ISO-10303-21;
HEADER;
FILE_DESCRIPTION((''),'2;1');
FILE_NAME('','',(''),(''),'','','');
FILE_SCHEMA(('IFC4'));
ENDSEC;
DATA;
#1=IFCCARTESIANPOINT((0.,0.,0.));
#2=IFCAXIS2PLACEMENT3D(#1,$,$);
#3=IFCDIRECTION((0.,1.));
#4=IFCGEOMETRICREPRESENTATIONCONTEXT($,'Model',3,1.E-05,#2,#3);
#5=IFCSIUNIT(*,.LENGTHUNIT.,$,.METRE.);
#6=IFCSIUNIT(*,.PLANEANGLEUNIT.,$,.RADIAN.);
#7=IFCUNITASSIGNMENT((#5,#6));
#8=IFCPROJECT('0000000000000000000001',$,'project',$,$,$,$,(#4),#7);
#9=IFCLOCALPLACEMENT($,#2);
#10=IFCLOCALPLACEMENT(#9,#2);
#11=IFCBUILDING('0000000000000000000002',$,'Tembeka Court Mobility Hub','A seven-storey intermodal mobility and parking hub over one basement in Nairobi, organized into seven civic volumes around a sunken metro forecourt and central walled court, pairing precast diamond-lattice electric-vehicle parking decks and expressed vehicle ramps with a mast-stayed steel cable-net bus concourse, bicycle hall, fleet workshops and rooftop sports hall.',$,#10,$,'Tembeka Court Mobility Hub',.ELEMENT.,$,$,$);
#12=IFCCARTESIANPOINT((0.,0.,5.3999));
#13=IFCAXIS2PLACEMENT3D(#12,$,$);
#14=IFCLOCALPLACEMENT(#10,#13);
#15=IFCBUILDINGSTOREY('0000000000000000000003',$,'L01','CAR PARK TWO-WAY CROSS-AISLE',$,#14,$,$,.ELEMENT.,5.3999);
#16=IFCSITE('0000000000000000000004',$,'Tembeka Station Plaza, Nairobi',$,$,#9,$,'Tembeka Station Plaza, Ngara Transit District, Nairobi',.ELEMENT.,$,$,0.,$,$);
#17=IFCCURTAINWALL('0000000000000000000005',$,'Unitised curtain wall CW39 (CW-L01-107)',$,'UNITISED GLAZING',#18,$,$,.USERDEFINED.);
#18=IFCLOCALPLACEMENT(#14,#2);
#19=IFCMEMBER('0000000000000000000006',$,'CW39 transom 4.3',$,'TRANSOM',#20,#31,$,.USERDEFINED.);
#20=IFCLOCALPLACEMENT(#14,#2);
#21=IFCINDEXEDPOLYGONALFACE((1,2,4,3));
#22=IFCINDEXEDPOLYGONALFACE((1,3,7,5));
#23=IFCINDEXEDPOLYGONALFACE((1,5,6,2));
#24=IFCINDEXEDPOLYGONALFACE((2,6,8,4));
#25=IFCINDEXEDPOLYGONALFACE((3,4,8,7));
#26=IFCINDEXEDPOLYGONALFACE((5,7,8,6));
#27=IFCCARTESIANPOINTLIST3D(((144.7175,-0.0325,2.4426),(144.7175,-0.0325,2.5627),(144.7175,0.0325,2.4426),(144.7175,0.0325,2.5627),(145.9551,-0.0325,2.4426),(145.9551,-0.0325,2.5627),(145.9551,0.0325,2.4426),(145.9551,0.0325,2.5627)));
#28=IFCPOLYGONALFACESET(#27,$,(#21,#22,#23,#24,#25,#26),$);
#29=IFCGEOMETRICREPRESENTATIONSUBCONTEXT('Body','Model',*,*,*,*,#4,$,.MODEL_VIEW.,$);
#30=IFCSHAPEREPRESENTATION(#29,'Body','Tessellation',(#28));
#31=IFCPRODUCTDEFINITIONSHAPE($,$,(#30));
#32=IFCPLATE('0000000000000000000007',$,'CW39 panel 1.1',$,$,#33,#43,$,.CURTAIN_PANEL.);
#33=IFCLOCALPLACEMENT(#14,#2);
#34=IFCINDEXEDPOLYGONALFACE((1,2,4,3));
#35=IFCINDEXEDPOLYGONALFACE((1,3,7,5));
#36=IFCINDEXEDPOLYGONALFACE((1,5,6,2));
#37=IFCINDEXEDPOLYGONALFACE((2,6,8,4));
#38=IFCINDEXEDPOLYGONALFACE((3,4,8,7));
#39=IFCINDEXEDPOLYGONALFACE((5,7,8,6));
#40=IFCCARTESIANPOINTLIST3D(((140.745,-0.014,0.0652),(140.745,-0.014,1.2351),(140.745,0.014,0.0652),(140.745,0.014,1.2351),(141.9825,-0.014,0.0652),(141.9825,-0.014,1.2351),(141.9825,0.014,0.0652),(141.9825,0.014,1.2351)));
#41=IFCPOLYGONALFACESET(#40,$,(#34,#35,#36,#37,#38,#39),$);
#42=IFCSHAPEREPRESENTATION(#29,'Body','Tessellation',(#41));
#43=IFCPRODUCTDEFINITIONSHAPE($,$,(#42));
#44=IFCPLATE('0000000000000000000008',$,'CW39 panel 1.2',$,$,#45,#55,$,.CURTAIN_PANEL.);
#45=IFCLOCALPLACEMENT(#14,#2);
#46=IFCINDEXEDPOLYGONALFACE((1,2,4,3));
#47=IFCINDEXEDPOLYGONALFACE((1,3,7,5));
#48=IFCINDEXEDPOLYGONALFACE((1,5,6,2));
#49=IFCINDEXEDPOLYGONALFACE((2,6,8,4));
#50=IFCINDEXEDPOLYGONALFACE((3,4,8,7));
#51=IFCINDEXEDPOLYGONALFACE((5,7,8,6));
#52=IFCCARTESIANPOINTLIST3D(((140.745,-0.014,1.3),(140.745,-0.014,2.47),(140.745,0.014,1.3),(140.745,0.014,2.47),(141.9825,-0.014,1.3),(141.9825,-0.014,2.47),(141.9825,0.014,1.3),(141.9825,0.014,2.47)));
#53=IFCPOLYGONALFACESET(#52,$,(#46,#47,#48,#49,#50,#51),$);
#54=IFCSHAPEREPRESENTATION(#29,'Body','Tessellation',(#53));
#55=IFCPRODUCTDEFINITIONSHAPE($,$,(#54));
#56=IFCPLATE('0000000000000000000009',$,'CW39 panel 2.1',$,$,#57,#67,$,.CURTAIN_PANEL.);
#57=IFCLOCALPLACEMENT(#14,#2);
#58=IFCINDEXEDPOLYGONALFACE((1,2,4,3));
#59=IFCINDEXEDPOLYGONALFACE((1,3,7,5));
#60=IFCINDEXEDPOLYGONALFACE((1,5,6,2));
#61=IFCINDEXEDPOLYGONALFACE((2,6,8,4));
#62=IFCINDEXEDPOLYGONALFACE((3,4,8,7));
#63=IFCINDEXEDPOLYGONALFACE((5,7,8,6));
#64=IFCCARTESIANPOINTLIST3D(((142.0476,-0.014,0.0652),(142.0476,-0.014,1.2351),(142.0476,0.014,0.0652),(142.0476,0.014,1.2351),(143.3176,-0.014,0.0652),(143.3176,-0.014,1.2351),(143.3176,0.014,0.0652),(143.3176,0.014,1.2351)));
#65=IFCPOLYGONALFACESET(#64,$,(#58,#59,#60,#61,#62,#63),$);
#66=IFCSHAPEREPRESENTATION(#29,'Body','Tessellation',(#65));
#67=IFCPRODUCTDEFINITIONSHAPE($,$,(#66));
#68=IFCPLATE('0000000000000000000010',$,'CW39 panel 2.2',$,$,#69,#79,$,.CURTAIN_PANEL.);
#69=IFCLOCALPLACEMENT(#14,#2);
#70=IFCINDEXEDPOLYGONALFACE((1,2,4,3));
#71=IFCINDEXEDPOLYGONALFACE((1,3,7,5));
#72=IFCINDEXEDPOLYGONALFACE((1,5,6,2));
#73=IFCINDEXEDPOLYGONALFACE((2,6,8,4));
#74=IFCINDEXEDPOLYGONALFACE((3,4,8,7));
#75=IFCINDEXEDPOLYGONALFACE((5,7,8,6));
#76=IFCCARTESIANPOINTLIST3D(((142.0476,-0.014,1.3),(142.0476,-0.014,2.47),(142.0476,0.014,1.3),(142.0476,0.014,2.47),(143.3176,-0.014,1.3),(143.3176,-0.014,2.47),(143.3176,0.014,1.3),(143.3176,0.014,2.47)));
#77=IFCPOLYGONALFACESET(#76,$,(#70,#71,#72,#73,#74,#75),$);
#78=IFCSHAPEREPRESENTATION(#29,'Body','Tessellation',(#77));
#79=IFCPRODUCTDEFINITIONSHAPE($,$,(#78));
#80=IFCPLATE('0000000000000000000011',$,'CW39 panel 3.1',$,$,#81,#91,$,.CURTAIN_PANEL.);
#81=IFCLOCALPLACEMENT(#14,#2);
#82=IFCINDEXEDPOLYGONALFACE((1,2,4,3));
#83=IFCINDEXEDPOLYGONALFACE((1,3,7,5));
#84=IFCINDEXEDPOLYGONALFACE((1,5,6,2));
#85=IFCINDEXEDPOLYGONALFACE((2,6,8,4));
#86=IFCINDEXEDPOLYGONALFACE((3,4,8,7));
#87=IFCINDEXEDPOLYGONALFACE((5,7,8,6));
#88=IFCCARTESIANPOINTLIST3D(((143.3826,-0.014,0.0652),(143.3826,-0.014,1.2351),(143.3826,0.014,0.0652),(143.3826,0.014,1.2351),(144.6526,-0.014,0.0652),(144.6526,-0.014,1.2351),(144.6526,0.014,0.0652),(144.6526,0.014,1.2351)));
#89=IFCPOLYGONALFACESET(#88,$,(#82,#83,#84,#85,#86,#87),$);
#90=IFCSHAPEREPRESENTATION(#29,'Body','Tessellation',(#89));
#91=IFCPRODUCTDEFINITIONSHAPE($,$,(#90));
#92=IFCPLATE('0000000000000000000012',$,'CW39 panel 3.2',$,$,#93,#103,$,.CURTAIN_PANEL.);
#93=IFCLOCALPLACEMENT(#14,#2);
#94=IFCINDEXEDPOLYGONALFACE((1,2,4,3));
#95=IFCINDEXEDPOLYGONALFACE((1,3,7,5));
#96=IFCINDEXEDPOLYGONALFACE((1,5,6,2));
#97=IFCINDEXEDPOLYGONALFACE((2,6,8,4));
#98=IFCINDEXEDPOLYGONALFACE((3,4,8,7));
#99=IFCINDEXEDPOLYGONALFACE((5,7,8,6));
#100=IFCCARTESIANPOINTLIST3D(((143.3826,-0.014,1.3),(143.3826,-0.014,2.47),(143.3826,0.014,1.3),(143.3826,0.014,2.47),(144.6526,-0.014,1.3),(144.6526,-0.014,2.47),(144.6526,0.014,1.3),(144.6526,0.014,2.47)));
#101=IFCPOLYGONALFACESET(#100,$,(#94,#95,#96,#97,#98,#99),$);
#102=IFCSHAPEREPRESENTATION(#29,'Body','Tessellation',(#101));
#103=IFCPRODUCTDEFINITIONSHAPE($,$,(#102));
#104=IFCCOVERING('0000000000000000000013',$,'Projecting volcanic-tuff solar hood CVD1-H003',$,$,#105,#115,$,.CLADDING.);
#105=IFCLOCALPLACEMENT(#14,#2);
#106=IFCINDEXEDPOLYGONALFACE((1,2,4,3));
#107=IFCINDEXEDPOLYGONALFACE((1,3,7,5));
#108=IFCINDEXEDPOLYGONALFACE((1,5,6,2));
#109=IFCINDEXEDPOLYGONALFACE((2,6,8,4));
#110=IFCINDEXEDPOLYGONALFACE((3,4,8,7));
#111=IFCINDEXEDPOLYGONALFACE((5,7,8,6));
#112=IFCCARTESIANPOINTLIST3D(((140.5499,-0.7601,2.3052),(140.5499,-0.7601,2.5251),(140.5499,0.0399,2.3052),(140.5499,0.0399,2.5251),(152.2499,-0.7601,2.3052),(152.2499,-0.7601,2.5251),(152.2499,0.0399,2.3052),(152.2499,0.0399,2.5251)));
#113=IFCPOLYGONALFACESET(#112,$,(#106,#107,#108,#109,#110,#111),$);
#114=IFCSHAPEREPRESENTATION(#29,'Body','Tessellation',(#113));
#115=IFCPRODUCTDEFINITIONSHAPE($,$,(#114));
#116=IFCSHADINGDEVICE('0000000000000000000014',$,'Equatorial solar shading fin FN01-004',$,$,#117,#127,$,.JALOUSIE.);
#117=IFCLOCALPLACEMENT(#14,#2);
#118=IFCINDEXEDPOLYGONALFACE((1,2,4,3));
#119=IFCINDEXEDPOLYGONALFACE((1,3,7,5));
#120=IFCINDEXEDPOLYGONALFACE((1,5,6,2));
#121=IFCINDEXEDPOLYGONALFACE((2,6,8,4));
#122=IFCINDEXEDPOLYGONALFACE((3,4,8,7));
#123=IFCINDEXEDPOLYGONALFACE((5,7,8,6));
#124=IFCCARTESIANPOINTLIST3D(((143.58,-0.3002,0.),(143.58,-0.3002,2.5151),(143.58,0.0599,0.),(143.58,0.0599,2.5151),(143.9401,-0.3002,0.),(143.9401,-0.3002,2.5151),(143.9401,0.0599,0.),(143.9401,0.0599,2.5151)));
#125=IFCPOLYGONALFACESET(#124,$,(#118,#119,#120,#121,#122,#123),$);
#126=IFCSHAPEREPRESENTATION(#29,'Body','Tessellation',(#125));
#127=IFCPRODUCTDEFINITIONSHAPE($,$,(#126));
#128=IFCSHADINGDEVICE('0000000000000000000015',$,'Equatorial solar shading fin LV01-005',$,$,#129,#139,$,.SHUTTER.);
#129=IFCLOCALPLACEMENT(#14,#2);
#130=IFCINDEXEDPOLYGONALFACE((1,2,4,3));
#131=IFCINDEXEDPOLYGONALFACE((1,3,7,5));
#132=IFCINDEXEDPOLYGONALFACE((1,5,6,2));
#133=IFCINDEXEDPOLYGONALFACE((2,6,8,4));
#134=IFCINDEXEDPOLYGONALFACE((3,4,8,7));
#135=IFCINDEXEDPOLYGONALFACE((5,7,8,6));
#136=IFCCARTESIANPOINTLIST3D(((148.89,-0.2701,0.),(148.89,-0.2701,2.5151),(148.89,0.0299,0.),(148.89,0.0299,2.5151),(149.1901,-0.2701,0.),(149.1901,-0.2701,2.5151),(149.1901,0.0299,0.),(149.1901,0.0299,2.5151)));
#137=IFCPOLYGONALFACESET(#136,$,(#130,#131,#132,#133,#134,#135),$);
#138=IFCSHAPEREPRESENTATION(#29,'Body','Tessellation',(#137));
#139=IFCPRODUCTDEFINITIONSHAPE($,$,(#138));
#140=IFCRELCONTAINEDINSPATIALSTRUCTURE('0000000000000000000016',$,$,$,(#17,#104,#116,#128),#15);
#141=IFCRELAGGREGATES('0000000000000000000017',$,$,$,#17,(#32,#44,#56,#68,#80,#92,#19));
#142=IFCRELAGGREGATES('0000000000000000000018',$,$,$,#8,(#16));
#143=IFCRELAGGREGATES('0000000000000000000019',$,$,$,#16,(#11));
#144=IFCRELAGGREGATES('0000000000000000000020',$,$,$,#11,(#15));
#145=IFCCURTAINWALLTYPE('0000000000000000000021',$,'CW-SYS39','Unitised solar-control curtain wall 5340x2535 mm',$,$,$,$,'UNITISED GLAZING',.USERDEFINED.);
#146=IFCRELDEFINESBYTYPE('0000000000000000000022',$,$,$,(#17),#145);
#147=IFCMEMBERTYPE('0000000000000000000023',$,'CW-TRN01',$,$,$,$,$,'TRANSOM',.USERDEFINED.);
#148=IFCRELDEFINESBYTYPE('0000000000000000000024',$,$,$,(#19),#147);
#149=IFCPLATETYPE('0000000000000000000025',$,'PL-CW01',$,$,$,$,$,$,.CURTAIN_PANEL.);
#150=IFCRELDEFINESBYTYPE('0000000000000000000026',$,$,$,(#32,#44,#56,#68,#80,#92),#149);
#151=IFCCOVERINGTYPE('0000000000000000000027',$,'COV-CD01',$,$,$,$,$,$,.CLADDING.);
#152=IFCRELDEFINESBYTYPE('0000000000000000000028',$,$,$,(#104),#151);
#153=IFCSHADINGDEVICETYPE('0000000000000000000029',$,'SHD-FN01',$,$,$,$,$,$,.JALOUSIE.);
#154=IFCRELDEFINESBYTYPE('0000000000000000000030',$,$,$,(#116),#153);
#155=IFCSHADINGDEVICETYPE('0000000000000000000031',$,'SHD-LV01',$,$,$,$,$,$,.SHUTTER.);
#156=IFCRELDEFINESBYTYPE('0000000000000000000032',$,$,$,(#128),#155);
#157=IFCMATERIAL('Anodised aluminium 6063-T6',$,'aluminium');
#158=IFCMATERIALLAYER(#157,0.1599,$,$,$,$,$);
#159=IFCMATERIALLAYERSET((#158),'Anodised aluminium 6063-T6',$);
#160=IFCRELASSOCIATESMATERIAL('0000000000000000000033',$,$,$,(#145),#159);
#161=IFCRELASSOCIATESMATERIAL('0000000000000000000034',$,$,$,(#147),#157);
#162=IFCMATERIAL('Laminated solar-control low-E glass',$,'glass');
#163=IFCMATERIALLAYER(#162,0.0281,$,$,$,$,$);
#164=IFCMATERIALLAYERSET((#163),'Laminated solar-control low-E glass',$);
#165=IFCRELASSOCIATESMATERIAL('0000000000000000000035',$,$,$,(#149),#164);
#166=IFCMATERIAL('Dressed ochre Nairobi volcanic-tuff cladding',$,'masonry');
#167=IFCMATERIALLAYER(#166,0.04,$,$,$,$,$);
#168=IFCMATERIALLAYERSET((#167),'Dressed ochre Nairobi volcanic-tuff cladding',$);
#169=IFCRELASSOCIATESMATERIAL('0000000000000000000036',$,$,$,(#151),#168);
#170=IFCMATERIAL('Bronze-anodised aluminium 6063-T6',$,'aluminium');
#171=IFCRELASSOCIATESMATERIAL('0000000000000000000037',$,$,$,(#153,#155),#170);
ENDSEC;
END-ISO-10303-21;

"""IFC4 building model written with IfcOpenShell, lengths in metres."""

from ifc_helpers import new_model, si_unit, direction, frame, origin, origin_2d, place, context, subcontext, project, spatial, rectangle, extrude, material, layer, layer_set, material_profile, profile_set, type_object, element, aggregate, save


model = new_model("IFC4")

# Units and contexts
model_context = context("Model", 3, precision=1e-05, world=origin(), true_north=direction((0.0, 1.0)))
body_context = subcontext(model_context, "Body", "Model", "MODEL_VIEW")
ifc_project = project(units=[si_unit("LENGTHUNIT", "METRE"), si_unit("PLANEANGLEUNIT", "RADIAN")], contexts=[model_context])

# Site, building, storey
site_placement = place(None, origin())
site = spatial("IfcSite", under=ifc_project, at=site_placement, Name="Tembeka Station Plaza, Nairobi", LongName="Tembeka Station Plaza, Ngara Transit District, Nairobi", CompositionType="ELEMENT", RefElevation=0.0)
building_placement = place(site_placement, origin())
building = spatial("IfcBuilding", under=site, at=building_placement, Name="Tembeka Court Mobility Hub", Description="A seven-storey intermodal mobility and parking hub over one basement in Nairobi, organized into seven civic volumes around a sunken metro forecourt and central walled court, pairing precast diamond-lattice electric-vehicle parking decks and expressed vehicle ramps with a mast-stayed steel cable-net bus concourse, bicycle hall, fleet workshops and rooftop sports hall.", LongName="Tembeka Court Mobility Hub", CompositionType="ELEMENT")
storey_placement = place(building_placement, frame((0.0, 0.0, 5.3999)))
storey = spatial("IfcBuildingStorey", under=building, at=storey_placement, Name="L01", Description="CAR PARK TWO-WAY CROSS-AISLE", CompositionType="ELEMENT", Elevation=5.3999)

# Curtain wall, member, plates
ifc_material_1 = material(Name="Anodised aluminium 6063-T6", Category="aluminium")
ifc_layer_1 = layer(ifc_material_1, 0.1599)
ifc_layer_set_1 = layer_set([ifc_layer_1], Name="Anodised aluminium 6063-T6")
curtain_wall_type = type_object("IfcCurtainWallType", Name="CW-SYS39", Description="Unitised solar-control curtain wall 5340x2535 mm", ElementType="UNITISED GLAZING", PredefinedType="USERDEFINED", material=ifc_layer_set_1)
curtain_wall_placement = place(storey_placement, origin())
curtain_wall = element("IfcCurtainWall", 1, at=curtain_wall_placement, inside=storey, type_object=curtain_wall_type, Name="Unitised curtain wall CW39 (CW-L01-107)", ObjectType="UNITISED GLAZING", PredefinedType="USERDEFINED")
ifc_material_profile_1 = material_profile(ifc_material_1, rectangle(XDim=0.0649, YDim=0.1201, at=origin_2d()), Name="ALU-TRN 65x120")
ifc_profile_set_1 = profile_set([ifc_material_profile_1], Name="Anodised aluminium 6063-T6")
member_type_1 = type_object("IfcMemberType", Name="CW-TRN01", ElementType="TRANSOM", PredefinedType="USERDEFINED", material=ifc_profile_set_1)
member_1_placement = place(storey_placement, frame((144.7175, 0.0, 2.5027), z_axis=(1.0, 0.0, 0.0), x_axis=(0.0, 1.0, 0.0)))
member_1 = element("IfcMember", 2, at=member_1_placement, type_object=member_type_1, Name="CW39 transom 4.3", ObjectType="TRANSOM", PredefinedType="USERDEFINED", context=body_context, shape_type="SweptSolid", body=[
    extrude(rectangle(XDim=0.0649, YDim=0.1201, at=origin_2d()), origin(), (0.0, 0.0, 1.0), 1.2375),
])
ifc_material_2 = material(Name="Laminated solar-control low-E glass", Category="glass")
ifc_layer_2 = layer(ifc_material_2, 0.0281)
ifc_layer_set_2 = layer_set([ifc_layer_2], Name="Laminated solar-control low-E glass")
plate_type = type_object("IfcPlateType", Name="PL-CW01", PredefinedType="CURTAIN_PANEL", material=ifc_layer_set_2)
plate_1_placement = place(storey_placement, frame((141.3638, 0.0, 0.0652), z_axis=(0.0, 0.0, 1.0), x_axis=(1.0, 0.0, 0.0)))
plate_1 = element("IfcPlate", 3, at=plate_1_placement, type_object=plate_type, Name="CW39 panel 1.1", PredefinedType="CURTAIN_PANEL", context=body_context, shape_type="SweptSolid", body=[
    extrude(rectangle(XDim=1.2375, YDim=0.0281, at=origin_2d()), origin(), (0.0, 0.0, 1.0), 1.1699),
])
plate_2_placement = place(storey_placement, frame((141.3638, 0.0, 1.3), z_axis=(0.0, 0.0, 1.0), x_axis=(1.0, 0.0, 0.0)))
plate_2 = element("IfcPlate", 4, at=plate_2_placement, type_object=plate_type, Name="CW39 panel 1.2", PredefinedType="CURTAIN_PANEL", context=body_context, shape_type="SweptSolid", body=[
    extrude(rectangle(XDim=1.2375, YDim=0.0281, at=origin_2d()), origin(), (0.0, 0.0, 1.0), 1.1699),
])
plate_3_placement = place(storey_placement, frame((142.6826, 0.0, 0.0652), z_axis=(0.0, 0.0, 1.0), x_axis=(1.0, 0.0, 0.0)))
plate_3 = element("IfcPlate", 5, at=plate_3_placement, type_object=plate_type, Name="CW39 panel 2.1", PredefinedType="CURTAIN_PANEL", context=body_context, shape_type="SweptSolid", body=[
    extrude(rectangle(XDim=1.27, YDim=0.0281, at=origin_2d()), origin(), (0.0, 0.0, 1.0), 1.1699),
])
plate_4_placement = place(storey_placement, frame((142.6826, 0.0, 1.3), z_axis=(0.0, 0.0, 1.0), x_axis=(1.0, 0.0, 0.0)))
plate_4 = element("IfcPlate", 6, at=plate_4_placement, type_object=plate_type, Name="CW39 panel 2.2", PredefinedType="CURTAIN_PANEL", context=body_context, shape_type="SweptSolid", body=[
    extrude(rectangle(XDim=1.27, YDim=0.0281, at=origin_2d()), origin(), (0.0, 0.0, 1.0), 1.1699),
])
plate_5_placement = place(storey_placement, frame((144.0176, 0.0, 0.0652), z_axis=(0.0, 0.0, 1.0), x_axis=(1.0, 0.0, 0.0)))
plate_5 = element("IfcPlate", 7, at=plate_5_placement, type_object=plate_type, Name="CW39 panel 3.1", PredefinedType="CURTAIN_PANEL", context=body_context, shape_type="SweptSolid", body=[
    extrude(rectangle(XDim=1.27, YDim=0.0281, at=origin_2d()), origin(), (0.0, 0.0, 1.0), 1.1699),
])
plate_6_placement = place(storey_placement, frame((144.0176, 0.0, 1.3), z_axis=(0.0, 0.0, 1.0), x_axis=(1.0, 0.0, 0.0)))
plate_6 = element("IfcPlate", 8, at=plate_6_placement, type_object=plate_type, Name="CW39 panel 3.2", PredefinedType="CURTAIN_PANEL", context=body_context, shape_type="SweptSolid", body=[
    extrude(rectangle(XDim=1.27, YDim=0.0281, at=origin_2d()), origin(), (0.0, 0.0, 1.0), 1.1699),
])
aggregate(curtain_wall, [plate_1, plate_2, plate_3, plate_4, plate_5, plate_6, member_1])

# Covering
ifc_material_3 = material(Name="Dressed ochre Nairobi volcanic-tuff cladding", Category="masonry")
ifc_layer_3 = layer(ifc_material_3, 0.04)
ifc_layer_set_3 = layer_set([ifc_layer_3], Name="Dressed ochre Nairobi volcanic-tuff cladding")
covering_type = type_object("IfcCoveringType", Name="COV-CD01", PredefinedType="CLADDING", material=ifc_layer_set_3)
covering_placement = place(storey_placement, frame((146.3999, -0.3601, 2.3052), z_axis=(0.0, 0.0, 1.0), x_axis=(1.0, 0.0, 0.0)))
element("IfcCovering", 9, at=covering_placement, inside=storey, type_object=covering_type, Name="Projecting volcanic-tuff solar hood CVD1-H003", PredefinedType="CLADDING", context=body_context, shape_type="SweptSolid", body=[
    extrude(rectangle(XDim=11.7, YDim=0.8, at=origin_2d()), origin(), (0.0, 0.0, 1.0), 0.22),
])

# Shading devices
ifc_material_4 = material(Name="Bronze-anodised aluminium 6063-T6", Category="aluminium")
ifc_material_profile_2 = material_profile(ifc_material_4, rectangle(XDim=0.3601, YDim=0.3601, at=origin_2d()), Name="ALU-FIN 360x360")
ifc_profile_set_2 = profile_set([ifc_material_profile_2], Name="Bronze-anodised aluminium 6063-T6")
shading_device_type_1 = type_object("IfcShadingDeviceType", Name="SHD-FN01", PredefinedType="JALOUSIE", material=ifc_profile_set_2)
shading_device_1_placement = place(storey_placement, frame((143.76, -0.1201, 0.0), z_axis=(0.0, 0.0, 1.0), x_axis=(1.0, 0.0, 0.0)))
element("IfcShadingDevice", 10, at=shading_device_1_placement, inside=storey, type_object=shading_device_type_1, Name="Equatorial solar shading fin FN01-004", PredefinedType="JALOUSIE", context=body_context, shape_type="SweptSolid", body=[
    extrude(rectangle(XDim=0.3601, YDim=0.3601, at=origin_2d()), origin(), (0.0, 0.0, 1.0), 2.5151),
])
ifc_material_profile_3 = material_profile(ifc_material_4, rectangle(XDim=0.3, YDim=0.3, at=origin_2d()), Name="ALU-LVR 300x300")
ifc_profile_set_3 = profile_set([ifc_material_profile_3], Name="Bronze-anodised aluminium 6063-T6")
shading_device_type_2 = type_object("IfcShadingDeviceType", Name="SHD-LV01", PredefinedType="SHUTTER", material=ifc_profile_set_3)
shading_device_2_placement = place(storey_placement, frame((149.04, -0.1201, 0.0), z_axis=(0.0, 0.0, 1.0), x_axis=(1.0, 0.0, 0.0)))
element("IfcShadingDevice", 11, at=shading_device_2_placement, inside=storey, type_object=shading_device_type_2, Name="Equatorial solar shading fin LV01-005", PredefinedType="SHUTTER", context=body_context, shape_type="SweptSolid", body=[
    extrude(rectangle(XDim=0.3, YDim=0.3, at=origin_2d()), origin(), (0.0, 0.0, 1.0), 2.5151),
])

save(model, "model.ifc")
